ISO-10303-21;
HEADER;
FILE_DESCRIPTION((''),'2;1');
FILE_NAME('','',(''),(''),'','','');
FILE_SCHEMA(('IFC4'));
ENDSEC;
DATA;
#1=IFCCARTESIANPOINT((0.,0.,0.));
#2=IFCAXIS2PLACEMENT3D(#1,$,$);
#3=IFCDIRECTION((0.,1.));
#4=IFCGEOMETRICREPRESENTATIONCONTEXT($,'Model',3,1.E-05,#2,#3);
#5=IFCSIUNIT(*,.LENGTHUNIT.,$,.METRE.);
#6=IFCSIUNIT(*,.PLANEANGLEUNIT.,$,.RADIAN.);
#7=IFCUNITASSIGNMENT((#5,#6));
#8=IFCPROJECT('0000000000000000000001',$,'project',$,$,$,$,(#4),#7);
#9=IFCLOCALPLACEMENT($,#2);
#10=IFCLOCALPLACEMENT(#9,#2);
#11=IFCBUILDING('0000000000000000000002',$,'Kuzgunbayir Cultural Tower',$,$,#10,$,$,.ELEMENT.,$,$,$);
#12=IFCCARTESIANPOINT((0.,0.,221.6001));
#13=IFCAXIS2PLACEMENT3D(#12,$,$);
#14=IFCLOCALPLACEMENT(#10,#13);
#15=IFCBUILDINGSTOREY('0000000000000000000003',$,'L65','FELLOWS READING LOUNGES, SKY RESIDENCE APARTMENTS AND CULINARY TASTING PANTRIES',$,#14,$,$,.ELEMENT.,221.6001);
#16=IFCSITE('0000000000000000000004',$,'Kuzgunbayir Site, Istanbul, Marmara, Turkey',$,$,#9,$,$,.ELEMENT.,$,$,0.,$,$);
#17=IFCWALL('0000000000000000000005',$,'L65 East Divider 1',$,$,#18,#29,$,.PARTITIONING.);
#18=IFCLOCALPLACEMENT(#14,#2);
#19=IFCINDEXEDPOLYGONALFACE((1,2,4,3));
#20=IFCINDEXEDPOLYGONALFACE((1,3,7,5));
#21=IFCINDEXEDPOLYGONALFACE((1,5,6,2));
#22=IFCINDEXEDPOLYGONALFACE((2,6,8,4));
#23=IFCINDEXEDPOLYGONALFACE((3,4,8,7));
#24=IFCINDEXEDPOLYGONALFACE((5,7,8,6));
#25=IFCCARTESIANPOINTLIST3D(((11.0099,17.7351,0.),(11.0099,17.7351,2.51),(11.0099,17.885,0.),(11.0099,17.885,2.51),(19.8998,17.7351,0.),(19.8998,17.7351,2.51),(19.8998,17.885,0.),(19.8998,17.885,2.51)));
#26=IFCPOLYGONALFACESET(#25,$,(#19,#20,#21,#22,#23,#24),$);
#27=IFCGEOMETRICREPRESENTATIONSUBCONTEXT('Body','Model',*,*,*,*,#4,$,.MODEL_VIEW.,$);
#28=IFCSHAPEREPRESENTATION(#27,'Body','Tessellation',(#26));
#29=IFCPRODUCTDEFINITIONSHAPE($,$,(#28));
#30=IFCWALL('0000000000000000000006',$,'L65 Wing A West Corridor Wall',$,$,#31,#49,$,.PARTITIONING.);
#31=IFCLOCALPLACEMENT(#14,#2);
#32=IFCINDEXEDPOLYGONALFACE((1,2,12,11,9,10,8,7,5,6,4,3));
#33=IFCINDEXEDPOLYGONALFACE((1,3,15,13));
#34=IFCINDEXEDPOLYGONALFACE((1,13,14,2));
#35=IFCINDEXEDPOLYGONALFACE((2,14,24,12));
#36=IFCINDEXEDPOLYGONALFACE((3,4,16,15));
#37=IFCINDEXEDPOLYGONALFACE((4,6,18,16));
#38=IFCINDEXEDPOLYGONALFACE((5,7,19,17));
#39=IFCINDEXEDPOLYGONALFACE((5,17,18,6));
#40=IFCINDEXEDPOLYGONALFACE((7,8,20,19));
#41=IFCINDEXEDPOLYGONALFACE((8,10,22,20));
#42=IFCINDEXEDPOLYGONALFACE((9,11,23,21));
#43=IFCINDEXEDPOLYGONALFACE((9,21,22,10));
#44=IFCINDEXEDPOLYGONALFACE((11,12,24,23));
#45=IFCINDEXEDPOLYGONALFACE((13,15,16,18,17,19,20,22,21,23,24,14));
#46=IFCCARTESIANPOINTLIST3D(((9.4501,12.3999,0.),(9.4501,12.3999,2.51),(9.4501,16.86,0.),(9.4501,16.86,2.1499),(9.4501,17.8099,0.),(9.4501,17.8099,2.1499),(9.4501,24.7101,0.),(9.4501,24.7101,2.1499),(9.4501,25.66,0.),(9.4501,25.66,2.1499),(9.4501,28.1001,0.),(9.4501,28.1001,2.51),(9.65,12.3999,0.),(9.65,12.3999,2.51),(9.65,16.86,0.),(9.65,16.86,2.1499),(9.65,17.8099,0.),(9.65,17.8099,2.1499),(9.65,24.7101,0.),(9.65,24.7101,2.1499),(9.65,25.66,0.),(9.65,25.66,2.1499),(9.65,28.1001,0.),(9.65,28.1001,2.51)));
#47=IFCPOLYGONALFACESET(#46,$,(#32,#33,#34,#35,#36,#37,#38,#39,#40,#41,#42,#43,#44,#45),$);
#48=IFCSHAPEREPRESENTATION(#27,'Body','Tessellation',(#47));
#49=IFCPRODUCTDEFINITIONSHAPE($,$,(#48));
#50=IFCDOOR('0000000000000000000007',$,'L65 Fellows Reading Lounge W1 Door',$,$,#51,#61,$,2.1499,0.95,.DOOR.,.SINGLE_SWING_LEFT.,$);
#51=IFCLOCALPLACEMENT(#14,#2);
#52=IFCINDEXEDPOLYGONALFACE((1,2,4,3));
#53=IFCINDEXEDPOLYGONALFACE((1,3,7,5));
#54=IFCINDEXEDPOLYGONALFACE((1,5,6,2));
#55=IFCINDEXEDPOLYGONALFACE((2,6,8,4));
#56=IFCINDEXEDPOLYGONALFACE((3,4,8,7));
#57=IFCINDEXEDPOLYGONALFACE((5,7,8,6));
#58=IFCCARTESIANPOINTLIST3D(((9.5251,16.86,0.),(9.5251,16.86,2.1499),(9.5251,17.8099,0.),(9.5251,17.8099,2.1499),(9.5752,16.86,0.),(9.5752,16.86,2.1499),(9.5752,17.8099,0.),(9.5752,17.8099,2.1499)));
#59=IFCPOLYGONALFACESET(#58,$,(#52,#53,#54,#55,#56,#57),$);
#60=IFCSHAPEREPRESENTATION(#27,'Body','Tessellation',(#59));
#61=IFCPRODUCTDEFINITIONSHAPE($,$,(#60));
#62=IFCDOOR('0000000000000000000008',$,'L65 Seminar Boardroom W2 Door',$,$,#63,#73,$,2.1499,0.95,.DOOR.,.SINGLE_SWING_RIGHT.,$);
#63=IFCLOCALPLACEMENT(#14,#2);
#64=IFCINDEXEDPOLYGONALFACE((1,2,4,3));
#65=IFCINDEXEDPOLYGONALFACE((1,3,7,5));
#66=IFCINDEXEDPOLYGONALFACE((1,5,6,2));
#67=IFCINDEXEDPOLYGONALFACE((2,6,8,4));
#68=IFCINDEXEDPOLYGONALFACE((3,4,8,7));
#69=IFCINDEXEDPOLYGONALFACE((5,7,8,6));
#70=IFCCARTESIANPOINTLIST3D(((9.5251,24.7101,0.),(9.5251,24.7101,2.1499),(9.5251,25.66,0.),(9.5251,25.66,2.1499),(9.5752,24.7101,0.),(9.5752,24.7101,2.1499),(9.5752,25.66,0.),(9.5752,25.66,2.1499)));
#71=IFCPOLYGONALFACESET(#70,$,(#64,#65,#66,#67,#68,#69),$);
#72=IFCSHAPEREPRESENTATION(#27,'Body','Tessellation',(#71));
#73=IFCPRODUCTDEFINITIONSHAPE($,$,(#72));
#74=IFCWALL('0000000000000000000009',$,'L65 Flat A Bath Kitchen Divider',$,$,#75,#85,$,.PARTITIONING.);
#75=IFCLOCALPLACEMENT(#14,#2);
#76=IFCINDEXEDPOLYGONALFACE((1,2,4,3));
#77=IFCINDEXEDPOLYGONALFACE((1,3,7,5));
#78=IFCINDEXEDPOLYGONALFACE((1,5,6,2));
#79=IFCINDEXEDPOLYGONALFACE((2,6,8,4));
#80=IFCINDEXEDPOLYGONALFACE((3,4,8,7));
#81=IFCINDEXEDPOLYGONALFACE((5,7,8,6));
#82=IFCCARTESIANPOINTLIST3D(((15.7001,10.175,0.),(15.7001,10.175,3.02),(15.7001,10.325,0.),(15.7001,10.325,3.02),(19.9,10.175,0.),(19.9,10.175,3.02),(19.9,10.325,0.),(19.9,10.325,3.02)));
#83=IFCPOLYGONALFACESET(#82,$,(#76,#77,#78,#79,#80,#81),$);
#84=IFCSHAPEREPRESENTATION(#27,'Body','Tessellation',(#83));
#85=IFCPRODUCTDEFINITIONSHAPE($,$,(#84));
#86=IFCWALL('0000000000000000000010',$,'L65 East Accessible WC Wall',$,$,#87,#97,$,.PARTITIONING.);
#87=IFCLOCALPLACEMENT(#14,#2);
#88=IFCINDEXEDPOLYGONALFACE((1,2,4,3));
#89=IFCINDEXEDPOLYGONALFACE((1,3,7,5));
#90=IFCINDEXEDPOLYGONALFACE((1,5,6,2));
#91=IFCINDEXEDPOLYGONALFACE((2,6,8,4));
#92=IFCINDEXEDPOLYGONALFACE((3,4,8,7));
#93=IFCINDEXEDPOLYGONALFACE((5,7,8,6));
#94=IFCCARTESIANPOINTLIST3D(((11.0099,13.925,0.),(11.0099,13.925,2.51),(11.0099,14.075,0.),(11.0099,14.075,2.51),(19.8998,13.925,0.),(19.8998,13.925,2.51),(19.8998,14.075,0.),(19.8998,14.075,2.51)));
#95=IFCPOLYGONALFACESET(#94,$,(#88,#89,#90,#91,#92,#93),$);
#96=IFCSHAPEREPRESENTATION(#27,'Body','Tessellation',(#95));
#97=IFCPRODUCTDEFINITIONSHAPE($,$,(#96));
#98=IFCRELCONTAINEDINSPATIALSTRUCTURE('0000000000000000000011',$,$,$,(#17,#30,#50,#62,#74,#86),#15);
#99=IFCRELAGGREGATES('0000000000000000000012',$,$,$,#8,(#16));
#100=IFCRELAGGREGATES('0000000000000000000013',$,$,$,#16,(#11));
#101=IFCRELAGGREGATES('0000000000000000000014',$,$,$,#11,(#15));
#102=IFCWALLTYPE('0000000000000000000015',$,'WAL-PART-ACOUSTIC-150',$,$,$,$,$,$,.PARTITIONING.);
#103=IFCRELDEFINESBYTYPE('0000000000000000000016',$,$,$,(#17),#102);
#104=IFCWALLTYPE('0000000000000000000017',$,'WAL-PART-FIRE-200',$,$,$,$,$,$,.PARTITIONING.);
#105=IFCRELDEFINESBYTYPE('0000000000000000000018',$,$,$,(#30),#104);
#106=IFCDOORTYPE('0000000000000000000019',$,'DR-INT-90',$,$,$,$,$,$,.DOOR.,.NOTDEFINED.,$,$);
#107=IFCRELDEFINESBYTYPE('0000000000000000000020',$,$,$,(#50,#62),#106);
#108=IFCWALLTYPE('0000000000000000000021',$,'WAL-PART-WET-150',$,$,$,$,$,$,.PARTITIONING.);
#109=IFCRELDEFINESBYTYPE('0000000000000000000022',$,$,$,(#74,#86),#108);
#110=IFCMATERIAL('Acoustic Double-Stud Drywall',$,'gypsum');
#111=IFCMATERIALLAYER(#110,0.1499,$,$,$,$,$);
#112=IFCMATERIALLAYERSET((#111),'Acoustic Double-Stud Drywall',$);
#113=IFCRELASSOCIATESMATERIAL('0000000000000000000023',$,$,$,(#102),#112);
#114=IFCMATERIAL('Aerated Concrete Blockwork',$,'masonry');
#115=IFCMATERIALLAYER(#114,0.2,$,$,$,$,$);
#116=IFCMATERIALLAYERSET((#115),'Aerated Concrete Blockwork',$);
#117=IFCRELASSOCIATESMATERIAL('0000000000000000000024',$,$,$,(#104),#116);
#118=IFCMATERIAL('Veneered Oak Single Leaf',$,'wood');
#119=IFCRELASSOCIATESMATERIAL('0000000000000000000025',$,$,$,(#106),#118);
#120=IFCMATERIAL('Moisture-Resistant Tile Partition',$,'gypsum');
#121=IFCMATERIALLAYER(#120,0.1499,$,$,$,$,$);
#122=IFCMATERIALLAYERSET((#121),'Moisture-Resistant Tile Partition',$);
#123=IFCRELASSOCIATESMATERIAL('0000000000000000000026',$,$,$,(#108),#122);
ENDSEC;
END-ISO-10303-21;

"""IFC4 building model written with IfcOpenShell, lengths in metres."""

from ifc_helpers import new_model, si_unit, direction, frame, frame_2d, origin, place, context, subcontext, project, spatial, rectangle, extrude, material, layer, layer_set, type_object, element, fill, save


model = new_model("IFC4")

# Units and contexts
model_context = context("Model", 3, precision=1e-05, world=origin(), true_north=direction((0.0, 1.0)))
body_context = subcontext(model_context, "Body", "Model", "MODEL_VIEW")
ifc_project = project(units=[si_unit("LENGTHUNIT", "METRE"), si_unit("PLANEANGLEUNIT", "RADIAN")], contexts=[model_context])

# Site, building, storey
site_placement = place(None, origin())
site = spatial("IfcSite", under=ifc_project, at=site_placement, Name="Kuzgunbayir Site, Istanbul, Marmara, Turkey", CompositionType="ELEMENT", RefElevation=0.0)
building_placement = place(site_placement, origin())
building = spatial("IfcBuilding", under=site, at=building_placement, Name="Kuzgunbayir Cultural Tower", CompositionType="ELEMENT")
storey_placement = place(building_placement, frame((0.0, 0.0, 221.6001)))
storey = spatial("IfcBuildingStorey", under=building, at=storey_placement, Name="L65", Description="FELLOWS READING LOUNGES, SKY RESIDENCE APARTMENTS AND CULINARY TASTING PANTRIES", CompositionType="ELEMENT", Elevation=221.6001)

# Wall
ifc_material_1 = material(Name="Acoustic Double-Stud Drywall", Category="gypsum")
ifc_layer_1 = layer(ifc_material_1, 0.1499)
ifc_layer_set_1 = layer_set([ifc_layer_1], Name="Acoustic Double-Stud Drywall")
wall_type_1 = type_object("IfcWallType", Name="WAL-PART-ACOUSTIC-150", PredefinedType="PARTITIONING", material=ifc_layer_set_1)
wall_1_placement = place(storey_placement, frame((11.01, 17.8101, 0.0), z_axis=(0.0, 0.0, 1.0), x_axis=(1.0, 0.0, 0.0)))
element("IfcWall", 1, at=wall_1_placement, inside=storey, type_object=wall_type_1, Name="L65 East Divider 1", PredefinedType="PARTITIONING", context=body_context, shape_type="SweptSolid", body=[
    extrude(rectangle(XDim=8.8899, YDim=0.1499, at=frame_2d((4.4448, 0.0))), origin(), (0.0, 0.0, 1.0), 2.51),
])

# Wall, openings, doors
ifc_material_2 = material(Name="Aerated Concrete Blockwork", Category="masonry")
ifc_layer_2 = layer(ifc_material_2, 0.2)
ifc_layer_set_2 = layer_set([ifc_layer_2], Name="Aerated Concrete Blockwork")
wall_type_2 = type_object("IfcWallType", Name="WAL-PART-FIRE-200", PredefinedType="PARTITIONING", material=ifc_layer_set_2)
wall_2_placement = place(storey_placement, frame((9.55, 12.3999, 0.0), z_axis=(0.0, 0.0, 1.0), x_axis=(0.0, 1.0, 0.0)))
wall_2 = element("IfcWall", 2, at=wall_2_placement, inside=storey, type_object=wall_type_2, Name="L65 Wing A West Corridor Wall", PredefinedType="PARTITIONING", context=body_context, shape_type="SweptSolid", body=[
    extrude(rectangle(XDim=15.7002, YDim=0.2, at=frame_2d((7.8501, 0.0))), origin(), (0.0, 0.0, 1.0), 2.51),
])
opening_1_placement = place(wall_2_placement, frame((4.46, 0.0, 0.0)))
opening_1 = element("IfcOpeningElement", 3, at=opening_1_placement, cuts=wall_2, PredefinedType="OPENING", context=body_context, shape_type="SweptSolid", body=[
    extrude(rectangle(XDim=0.95, YDim=2.1499, at=frame_2d((0.4751, 1.075))), frame((0.0, 0.1099, 0.0), z_axis=(0.0, -1.0, 0.0), x_axis=(1.0, 0.0, 0.0)), (0.0, 0.0, 1.0), 0.22),
])
opening_2_placement = place(wall_2_placement, frame((12.3101, 0.0, 0.0)))
opening_2 = element("IfcOpeningElement", 4, at=opening_2_placement, cuts=wall_2, PredefinedType="OPENING", context=body_context, shape_type="SweptSolid", body=[
    extrude(rectangle(XDim=0.95, YDim=2.1499, at=frame_2d((0.4751, 1.075))), frame((0.0, 0.1099, 0.0), z_axis=(0.0, -1.0, 0.0), x_axis=(1.0, 0.0, 0.0)), (0.0, 0.0, 1.0), 0.22),
])
ifc_material_3 = material(Name="Veneered Oak Single Leaf", Category="wood")
door_type_1 = type_object("IfcDoorType", Name="DR-INT-90", OperationType="NOTDEFINED", PredefinedType="DOOR", material=ifc_material_3)
door_1_placement = place(opening_1_placement, origin())
door_1 = element("IfcDoor", 5, at=door_1_placement, inside=storey, type_object=door_type_1, Name="L65 Fellows Reading Lounge W1 Door", OperationType="SINGLE_SWING_LEFT", OverallHeight=2.1499, OverallWidth=0.95, PredefinedType="DOOR", context=body_context, shape_type="SweptSolid", body=[
    extrude(rectangle(XDim=0.95, YDim=2.1499, at=frame_2d((0.4751, 1.075))), frame((0.0, 0.0249, 0.0), z_axis=(0.0, -1.0, 0.0), x_axis=(1.0, 0.0, 0.0)), (0.0, 0.0, 1.0), 0.05),
])
fill(opening_1, door_1)
door_2_placement = place(opening_2_placement, origin())
door_2 = element("IfcDoor", 6, at=door_2_placement, inside=storey, type_object=door_type_1, Name="L65 Seminar Boardroom W2 Door", OperationType="SINGLE_SWING_RIGHT", OverallHeight=2.1499, OverallWidth=0.95, PredefinedType="DOOR", context=body_context, shape_type="SweptSolid", body=[
    extrude(rectangle(XDim=0.95, YDim=2.1499, at=frame_2d((0.4751, 1.075))), frame((0.0, 0.0249, 0.0), z_axis=(0.0, -1.0, 0.0), x_axis=(1.0, 0.0, 0.0)), (0.0, 0.0, 1.0), 0.05),
])
fill(opening_2, door_2)

# Shared definitions
ifc_material_4 = material(Name="Moisture-Resistant Tile Partition", Category="gypsum")
ifc_layer_3 = layer(ifc_material_4, 0.1499)
ifc_layer_set_3 = layer_set([ifc_layer_3], Name="Moisture-Resistant Tile Partition")
wall_type_3 = type_object("IfcWallType", Name="WAL-PART-WET-150", PredefinedType="PARTITIONING", material=ifc_layer_set_3)

# Walls
wall_3_placement = place(storey_placement, frame((15.7, 10.25, 0.0), z_axis=(0.0, 0.0, 1.0), x_axis=(1.0, 0.0, 0.0)))
element("IfcWall", 7, at=wall_3_placement, inside=storey, type_object=wall_type_3, Name="L65 Flat A Bath Kitchen Divider", PredefinedType="PARTITIONING", context=body_context, shape_type="SweptSolid", body=[
    extrude(rectangle(XDim=4.2, YDim=0.1499, at=frame_2d((2.1001, 0.0))), origin(), (0.0, 0.0, 1.0), 3.02),
])
wall_4_placement = place(storey_placement, frame((11.01, 14.0, 0.0), z_axis=(0.0, 0.0, 1.0), x_axis=(1.0, 0.0, 0.0)))
element("IfcWall", 8, at=wall_4_placement, inside=storey, type_object=wall_type_3, Name="L65 East Accessible WC Wall", PredefinedType="PARTITIONING", context=body_context, shape_type="SweptSolid", body=[
    extrude(rectangle(XDim=8.8899, YDim=0.1499, at=frame_2d((4.4448, 0.0))), origin(), (0.0, 0.0, 1.0), 2.51),
])

save(model, "model.ifc")
